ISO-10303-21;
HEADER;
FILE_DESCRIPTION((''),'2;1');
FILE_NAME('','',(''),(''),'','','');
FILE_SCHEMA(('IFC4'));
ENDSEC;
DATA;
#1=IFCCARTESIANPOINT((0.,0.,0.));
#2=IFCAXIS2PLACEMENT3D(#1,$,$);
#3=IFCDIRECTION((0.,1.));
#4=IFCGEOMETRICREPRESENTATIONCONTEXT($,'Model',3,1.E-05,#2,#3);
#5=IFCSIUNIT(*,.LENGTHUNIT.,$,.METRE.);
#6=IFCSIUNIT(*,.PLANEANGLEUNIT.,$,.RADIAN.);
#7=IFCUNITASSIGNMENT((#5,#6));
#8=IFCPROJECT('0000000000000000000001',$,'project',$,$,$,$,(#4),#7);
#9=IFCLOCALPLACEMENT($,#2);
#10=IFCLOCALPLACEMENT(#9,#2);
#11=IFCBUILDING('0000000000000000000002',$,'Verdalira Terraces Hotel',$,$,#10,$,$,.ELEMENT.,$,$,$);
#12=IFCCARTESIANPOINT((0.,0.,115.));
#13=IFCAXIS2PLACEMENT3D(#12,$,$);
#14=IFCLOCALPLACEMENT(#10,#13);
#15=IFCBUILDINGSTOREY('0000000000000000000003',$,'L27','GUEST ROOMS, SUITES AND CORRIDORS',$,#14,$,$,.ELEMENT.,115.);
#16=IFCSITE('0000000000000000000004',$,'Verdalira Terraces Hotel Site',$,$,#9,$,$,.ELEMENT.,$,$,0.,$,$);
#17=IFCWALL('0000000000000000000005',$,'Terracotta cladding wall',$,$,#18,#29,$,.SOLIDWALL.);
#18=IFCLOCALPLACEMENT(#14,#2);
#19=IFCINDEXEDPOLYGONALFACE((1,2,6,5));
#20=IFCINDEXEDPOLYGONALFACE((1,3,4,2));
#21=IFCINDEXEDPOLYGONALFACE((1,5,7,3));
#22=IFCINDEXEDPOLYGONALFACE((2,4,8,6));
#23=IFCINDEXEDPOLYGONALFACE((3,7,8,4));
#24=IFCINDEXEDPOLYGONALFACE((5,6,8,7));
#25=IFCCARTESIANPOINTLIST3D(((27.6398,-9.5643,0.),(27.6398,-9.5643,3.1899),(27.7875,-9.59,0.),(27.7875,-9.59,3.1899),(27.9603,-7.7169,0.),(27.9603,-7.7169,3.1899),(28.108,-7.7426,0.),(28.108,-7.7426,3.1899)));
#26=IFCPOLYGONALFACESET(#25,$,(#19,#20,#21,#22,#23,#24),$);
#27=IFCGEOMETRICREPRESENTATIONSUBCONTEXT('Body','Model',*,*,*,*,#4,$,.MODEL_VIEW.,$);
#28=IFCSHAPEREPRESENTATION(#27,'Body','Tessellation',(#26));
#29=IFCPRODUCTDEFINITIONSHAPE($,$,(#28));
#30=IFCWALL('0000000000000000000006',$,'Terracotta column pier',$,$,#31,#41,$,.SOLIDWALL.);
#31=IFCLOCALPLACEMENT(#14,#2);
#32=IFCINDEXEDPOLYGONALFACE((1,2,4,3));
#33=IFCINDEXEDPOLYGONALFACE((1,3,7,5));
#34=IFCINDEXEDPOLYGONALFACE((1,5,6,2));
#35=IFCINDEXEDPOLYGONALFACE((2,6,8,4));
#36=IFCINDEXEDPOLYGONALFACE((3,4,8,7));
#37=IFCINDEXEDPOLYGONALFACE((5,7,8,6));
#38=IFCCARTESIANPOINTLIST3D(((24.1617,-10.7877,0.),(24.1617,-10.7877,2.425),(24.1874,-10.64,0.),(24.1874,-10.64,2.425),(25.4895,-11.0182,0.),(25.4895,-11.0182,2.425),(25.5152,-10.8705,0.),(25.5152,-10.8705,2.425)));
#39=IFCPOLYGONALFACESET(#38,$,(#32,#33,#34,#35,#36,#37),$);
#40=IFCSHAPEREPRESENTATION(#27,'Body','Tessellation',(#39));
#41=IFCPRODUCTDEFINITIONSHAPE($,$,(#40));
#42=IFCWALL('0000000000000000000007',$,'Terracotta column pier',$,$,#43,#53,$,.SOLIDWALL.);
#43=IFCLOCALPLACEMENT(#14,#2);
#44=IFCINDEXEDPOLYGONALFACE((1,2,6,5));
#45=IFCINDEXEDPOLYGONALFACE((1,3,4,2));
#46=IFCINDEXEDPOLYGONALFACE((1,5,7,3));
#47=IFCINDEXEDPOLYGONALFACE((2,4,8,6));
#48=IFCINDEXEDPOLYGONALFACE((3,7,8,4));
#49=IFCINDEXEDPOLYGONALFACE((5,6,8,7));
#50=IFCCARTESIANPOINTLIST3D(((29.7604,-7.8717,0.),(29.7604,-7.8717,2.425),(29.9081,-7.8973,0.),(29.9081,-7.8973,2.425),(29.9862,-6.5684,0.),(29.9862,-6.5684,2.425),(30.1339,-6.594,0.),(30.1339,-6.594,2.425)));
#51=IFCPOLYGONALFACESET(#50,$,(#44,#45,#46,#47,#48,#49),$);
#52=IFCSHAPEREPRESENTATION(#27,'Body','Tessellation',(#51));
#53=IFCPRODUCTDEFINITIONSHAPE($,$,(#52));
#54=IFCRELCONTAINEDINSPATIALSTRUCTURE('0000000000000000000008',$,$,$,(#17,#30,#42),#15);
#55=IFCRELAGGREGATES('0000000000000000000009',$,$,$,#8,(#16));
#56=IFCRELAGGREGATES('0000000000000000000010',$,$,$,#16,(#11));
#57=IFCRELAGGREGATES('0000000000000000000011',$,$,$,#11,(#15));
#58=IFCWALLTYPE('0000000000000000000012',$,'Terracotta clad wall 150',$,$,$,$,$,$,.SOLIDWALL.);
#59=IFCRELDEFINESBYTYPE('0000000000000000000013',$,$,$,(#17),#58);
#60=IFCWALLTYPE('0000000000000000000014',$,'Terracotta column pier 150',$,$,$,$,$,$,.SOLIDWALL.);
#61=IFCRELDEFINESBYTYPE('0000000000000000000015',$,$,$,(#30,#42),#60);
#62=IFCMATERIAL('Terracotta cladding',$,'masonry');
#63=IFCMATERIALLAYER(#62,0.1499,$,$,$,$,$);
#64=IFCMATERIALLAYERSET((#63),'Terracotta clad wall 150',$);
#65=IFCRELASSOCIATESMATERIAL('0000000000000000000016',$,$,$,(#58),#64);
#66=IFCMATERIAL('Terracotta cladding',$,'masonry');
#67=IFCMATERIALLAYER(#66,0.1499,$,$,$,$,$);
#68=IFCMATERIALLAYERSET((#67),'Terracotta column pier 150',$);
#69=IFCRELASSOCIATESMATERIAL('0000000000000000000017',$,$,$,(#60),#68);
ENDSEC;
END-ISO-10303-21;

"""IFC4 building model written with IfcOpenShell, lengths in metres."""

from ifc_helpers import new_model, si_unit, direction, frame, frame_2d, origin, place, context, subcontext, project, spatial, rectangle, extrude, material, layer, layer_set, type_object, element, save


model = new_model("IFC4")

# Units and contexts
model_context = context("Model", 3, precision=1e-05, world=origin(), true_north=direction((0.0, 1.0)))
body_context = subcontext(model_context, "Body", "Model", "MODEL_VIEW")
ifc_project = project(units=[si_unit("LENGTHUNIT", "METRE"), si_unit("PLANEANGLEUNIT", "RADIAN")], contexts=[model_context])

# Site, building, storey
site_placement = place(None, origin())
site = spatial("IfcSite", under=ifc_project, at=site_placement, Name="Verdalira Terraces Hotel Site", CompositionType="ELEMENT", RefElevation=0.0)
building_placement = place(site_placement, origin())
building = spatial("IfcBuilding", under=site, at=building_placement, Name="Verdalira Terraces Hotel", CompositionType="ELEMENT")
storey_placement = place(building_placement, frame((0.0, 0.0, 115.0)))
storey = spatial("IfcBuildingStorey", under=building, at=storey_placement, Name="L27", Description="GUEST ROOMS, SUITES AND CORRIDORS", CompositionType="ELEMENT", Elevation=115.0)

# Walls
ifc_material_1 = material(Name="Terracotta cladding", Category="masonry")
ifc_layer_1 = layer(ifc_material_1, 0.1499)
ifc_layer_set_1 = layer_set([ifc_layer_1], Name="Terracotta clad wall 150")
wall_type_1 = type_object("IfcWallType", Name="Terracotta clad wall 150", PredefinedType="SOLIDWALL", material=ifc_layer_set_1)
wall_1_placement = place(storey_placement, frame((27.7136, -9.5771, 0.0), z_axis=(0.0, 0.0, 1.0), x_axis=(0.170962, 0.985278, 0.0)))
element("IfcWall", 1, at=wall_1_placement, inside=storey, type_object=wall_type_1, Name="Terracotta cladding wall", PredefinedType="SOLIDWALL", context=body_context, shape_type="SweptSolid", body=[
    extrude(rectangle(XDim=1.875, YDim=0.1499, at=frame_2d((0.9375, 0.0))), origin(), (0.0, 0.0, 1.0), 3.1899),
])
ifc_material_2 = material(Name="Terracotta cladding", Category="masonry")
ifc_layer_2 = layer(ifc_material_2, 0.1499)
ifc_layer_set_2 = layer_set([ifc_layer_2], Name="Terracotta column pier 150")
wall_type_2 = type_object("IfcWallType", Name="Terracotta column pier 150", PredefinedType="SOLIDWALL", material=ifc_layer_set_2)
wall_2_placement = place(storey_placement, frame((24.1746, -10.7139, 0.0), z_axis=(0.0, 0.0, 1.0), x_axis=(0.98527, -0.171005, 0.0)))
element("IfcWall", 2, at=wall_2_placement, inside=storey, type_object=wall_type_2, Name="Terracotta column pier", PredefinedType="SOLIDWALL", context=body_context, shape_type="SweptSolid", body=[
    extrude(rectangle(XDim=1.3477, YDim=0.1499, at=frame_2d((0.6738, 0.0))), origin(), (0.0, 0.0, 1.0), 2.425),
])
wall_3_placement = place(storey_placement, frame((29.8342, -7.8845, 0.0), z_axis=(0.0, 0.0, 1.0), x_axis=(0.170741, 0.985316, 0.0)))
element("IfcWall", 3, at=wall_3_placement, inside=storey, type_object=wall_type_2, Name="Terracotta column pier", PredefinedType="SOLIDWALL", context=body_context, shape_type="SweptSolid", body=[
    extrude(rectangle(XDim=1.3228, YDim=0.1499, at=frame_2d((0.6614, 0.0))), origin(), (0.0, 0.0, 1.0), 2.425),
])

save(model, "model.ifc")
